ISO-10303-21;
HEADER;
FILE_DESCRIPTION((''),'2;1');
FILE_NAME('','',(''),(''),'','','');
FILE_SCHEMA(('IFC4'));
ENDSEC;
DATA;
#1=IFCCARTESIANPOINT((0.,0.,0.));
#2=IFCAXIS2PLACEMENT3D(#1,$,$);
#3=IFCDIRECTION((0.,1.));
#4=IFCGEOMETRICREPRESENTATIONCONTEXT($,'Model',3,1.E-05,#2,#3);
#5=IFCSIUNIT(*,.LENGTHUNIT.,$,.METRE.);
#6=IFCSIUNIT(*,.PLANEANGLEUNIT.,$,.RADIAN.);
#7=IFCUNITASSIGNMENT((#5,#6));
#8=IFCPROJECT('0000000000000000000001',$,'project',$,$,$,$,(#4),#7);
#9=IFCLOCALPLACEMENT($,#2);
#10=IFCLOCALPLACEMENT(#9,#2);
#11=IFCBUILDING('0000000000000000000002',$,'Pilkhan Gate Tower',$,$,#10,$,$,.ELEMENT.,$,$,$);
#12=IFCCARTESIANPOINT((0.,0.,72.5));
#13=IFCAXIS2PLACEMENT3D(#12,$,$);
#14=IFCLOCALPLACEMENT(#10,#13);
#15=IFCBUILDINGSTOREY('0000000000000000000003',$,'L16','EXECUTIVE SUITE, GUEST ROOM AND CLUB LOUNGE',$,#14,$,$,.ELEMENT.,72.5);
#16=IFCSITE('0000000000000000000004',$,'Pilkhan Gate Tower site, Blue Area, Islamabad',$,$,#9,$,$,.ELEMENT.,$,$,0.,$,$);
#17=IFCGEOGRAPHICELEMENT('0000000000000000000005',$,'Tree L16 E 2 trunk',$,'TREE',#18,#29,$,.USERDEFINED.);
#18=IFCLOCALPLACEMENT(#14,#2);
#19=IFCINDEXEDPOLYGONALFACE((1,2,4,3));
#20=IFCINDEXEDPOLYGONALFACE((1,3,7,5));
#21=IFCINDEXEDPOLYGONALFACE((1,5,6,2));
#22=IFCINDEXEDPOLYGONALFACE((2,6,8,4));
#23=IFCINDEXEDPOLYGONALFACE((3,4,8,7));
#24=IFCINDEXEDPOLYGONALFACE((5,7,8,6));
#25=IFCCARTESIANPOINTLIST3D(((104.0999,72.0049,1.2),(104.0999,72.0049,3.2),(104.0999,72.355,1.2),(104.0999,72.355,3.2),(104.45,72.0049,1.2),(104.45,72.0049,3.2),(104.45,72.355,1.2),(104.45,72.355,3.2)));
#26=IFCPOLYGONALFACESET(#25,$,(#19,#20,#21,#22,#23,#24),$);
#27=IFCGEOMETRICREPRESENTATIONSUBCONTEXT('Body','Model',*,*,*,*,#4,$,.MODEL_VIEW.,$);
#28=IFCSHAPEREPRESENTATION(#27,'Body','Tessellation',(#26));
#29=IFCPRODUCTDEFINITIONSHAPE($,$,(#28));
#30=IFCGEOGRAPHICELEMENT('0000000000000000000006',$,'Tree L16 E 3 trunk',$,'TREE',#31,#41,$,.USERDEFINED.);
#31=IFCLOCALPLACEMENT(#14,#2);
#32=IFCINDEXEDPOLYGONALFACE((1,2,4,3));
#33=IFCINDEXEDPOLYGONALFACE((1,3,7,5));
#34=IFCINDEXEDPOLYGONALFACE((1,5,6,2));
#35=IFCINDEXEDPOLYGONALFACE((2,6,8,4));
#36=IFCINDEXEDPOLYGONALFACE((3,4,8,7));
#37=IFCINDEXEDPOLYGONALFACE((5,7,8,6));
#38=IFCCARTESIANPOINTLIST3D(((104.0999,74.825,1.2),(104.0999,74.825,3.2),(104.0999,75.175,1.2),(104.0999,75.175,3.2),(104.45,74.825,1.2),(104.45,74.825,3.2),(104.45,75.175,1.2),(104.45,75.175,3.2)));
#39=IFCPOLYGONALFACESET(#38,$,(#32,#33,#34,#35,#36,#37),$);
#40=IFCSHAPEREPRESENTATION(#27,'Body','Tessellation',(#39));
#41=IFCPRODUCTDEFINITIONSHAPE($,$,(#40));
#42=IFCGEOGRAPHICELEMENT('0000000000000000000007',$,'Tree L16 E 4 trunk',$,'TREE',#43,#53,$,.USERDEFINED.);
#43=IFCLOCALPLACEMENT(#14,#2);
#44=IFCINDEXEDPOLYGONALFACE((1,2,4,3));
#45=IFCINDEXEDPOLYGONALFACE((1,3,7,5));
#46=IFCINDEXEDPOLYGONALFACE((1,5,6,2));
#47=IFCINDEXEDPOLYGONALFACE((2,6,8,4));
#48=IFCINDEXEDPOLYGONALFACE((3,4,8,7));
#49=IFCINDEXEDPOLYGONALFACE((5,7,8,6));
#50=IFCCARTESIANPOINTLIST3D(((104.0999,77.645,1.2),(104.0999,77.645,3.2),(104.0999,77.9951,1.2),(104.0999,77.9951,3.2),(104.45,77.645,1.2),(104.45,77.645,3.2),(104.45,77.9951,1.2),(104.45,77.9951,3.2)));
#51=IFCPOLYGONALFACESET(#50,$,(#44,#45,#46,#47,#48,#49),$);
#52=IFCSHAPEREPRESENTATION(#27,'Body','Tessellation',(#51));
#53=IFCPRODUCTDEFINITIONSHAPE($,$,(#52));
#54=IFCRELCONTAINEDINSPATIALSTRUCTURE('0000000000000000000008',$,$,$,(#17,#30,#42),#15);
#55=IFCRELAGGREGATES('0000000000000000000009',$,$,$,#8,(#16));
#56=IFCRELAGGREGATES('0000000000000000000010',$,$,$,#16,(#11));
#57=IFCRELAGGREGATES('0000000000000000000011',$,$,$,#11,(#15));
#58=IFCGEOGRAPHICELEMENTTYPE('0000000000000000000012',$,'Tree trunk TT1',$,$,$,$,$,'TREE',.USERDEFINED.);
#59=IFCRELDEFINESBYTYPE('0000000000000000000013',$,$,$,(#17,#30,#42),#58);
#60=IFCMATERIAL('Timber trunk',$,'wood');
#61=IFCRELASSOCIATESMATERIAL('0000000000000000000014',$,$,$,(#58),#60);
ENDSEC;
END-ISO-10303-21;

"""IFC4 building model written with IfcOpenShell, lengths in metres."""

from ifc_helpers import new_model, si_unit, direction, frame, origin, origin_2d, place, context, subcontext, project, spatial, rectangle, extrude, material, type_object, element, save


model = new_model("IFC4")

# Units and contexts
model_context = context("Model", 3, precision=1e-05, world=origin(), true_north=direction((0.0, 1.0)))
body_context = subcontext(model_context, "Body", "Model", "MODEL_VIEW")
ifc_project = project(units=[si_unit("LENGTHUNIT", "METRE"), si_unit("PLANEANGLEUNIT", "RADIAN")], contexts=[model_context])

# Site, building, storey
site_placement = place(None, origin())
site = spatial("IfcSite", under=ifc_project, at=site_placement, Name="Pilkhan Gate Tower site, Blue Area, Islamabad", CompositionType="ELEMENT", RefElevation=0.0)
building_placement = place(site_placement, origin())
building = spatial("IfcBuilding", under=site, at=building_placement, Name="Pilkhan Gate Tower", CompositionType="ELEMENT")
storey_placement = place(building_placement, frame((0.0, 0.0, 72.5)))
storey = spatial("IfcBuildingStorey", under=building, at=storey_placement, Name="L16", Description="EXECUTIVE SUITE, GUEST ROOM AND CLUB LOUNGE", CompositionType="ELEMENT", Elevation=72.5)

# Geographic elements
ifc_material_1 = material(Name="Timber trunk", Category="wood")
geographic_element_type_1 = type_object("IfcGeographicElementType", Name="Tree trunk TT1", ElementType="TREE", PredefinedType="USERDEFINED", material=ifc_material_1)
for number, where, z_axis, x_axis, name in (
    (1, (104.2749, 72.1799, 1.2), (0.0, 0.0, 1.0), (1.0, 0.0, 0.0), "Tree L16 E 2 trunk"),
    (2, (104.2749, 75.0, 1.2), (0.0, 0.0, 1.0), (1.0, 0.0, 0.0), "Tree L16 E 3 trunk"),
    (3, (104.2749, 77.8201, 1.2), (0.0, 0.0, 1.0), (1.0, 0.0, 0.0), "Tree L16 E 4 trunk"),
):
    element("IfcGeographicElement", number, at=place(storey_placement, frame(where, z_axis=z_axis, x_axis=x_axis)), inside=storey, type_object=geographic_element_type_1, Name=name, ObjectType="TREE", PredefinedType="USERDEFINED", context=body_context, shape_type="SweptSolid", body=[
        extrude(rectangle(XDim=0.3501, YDim=0.3501, at=origin_2d()), origin(), (0.0, 0.0, 1.0), 2.0),
    ])

save(model, "model.ifc")
